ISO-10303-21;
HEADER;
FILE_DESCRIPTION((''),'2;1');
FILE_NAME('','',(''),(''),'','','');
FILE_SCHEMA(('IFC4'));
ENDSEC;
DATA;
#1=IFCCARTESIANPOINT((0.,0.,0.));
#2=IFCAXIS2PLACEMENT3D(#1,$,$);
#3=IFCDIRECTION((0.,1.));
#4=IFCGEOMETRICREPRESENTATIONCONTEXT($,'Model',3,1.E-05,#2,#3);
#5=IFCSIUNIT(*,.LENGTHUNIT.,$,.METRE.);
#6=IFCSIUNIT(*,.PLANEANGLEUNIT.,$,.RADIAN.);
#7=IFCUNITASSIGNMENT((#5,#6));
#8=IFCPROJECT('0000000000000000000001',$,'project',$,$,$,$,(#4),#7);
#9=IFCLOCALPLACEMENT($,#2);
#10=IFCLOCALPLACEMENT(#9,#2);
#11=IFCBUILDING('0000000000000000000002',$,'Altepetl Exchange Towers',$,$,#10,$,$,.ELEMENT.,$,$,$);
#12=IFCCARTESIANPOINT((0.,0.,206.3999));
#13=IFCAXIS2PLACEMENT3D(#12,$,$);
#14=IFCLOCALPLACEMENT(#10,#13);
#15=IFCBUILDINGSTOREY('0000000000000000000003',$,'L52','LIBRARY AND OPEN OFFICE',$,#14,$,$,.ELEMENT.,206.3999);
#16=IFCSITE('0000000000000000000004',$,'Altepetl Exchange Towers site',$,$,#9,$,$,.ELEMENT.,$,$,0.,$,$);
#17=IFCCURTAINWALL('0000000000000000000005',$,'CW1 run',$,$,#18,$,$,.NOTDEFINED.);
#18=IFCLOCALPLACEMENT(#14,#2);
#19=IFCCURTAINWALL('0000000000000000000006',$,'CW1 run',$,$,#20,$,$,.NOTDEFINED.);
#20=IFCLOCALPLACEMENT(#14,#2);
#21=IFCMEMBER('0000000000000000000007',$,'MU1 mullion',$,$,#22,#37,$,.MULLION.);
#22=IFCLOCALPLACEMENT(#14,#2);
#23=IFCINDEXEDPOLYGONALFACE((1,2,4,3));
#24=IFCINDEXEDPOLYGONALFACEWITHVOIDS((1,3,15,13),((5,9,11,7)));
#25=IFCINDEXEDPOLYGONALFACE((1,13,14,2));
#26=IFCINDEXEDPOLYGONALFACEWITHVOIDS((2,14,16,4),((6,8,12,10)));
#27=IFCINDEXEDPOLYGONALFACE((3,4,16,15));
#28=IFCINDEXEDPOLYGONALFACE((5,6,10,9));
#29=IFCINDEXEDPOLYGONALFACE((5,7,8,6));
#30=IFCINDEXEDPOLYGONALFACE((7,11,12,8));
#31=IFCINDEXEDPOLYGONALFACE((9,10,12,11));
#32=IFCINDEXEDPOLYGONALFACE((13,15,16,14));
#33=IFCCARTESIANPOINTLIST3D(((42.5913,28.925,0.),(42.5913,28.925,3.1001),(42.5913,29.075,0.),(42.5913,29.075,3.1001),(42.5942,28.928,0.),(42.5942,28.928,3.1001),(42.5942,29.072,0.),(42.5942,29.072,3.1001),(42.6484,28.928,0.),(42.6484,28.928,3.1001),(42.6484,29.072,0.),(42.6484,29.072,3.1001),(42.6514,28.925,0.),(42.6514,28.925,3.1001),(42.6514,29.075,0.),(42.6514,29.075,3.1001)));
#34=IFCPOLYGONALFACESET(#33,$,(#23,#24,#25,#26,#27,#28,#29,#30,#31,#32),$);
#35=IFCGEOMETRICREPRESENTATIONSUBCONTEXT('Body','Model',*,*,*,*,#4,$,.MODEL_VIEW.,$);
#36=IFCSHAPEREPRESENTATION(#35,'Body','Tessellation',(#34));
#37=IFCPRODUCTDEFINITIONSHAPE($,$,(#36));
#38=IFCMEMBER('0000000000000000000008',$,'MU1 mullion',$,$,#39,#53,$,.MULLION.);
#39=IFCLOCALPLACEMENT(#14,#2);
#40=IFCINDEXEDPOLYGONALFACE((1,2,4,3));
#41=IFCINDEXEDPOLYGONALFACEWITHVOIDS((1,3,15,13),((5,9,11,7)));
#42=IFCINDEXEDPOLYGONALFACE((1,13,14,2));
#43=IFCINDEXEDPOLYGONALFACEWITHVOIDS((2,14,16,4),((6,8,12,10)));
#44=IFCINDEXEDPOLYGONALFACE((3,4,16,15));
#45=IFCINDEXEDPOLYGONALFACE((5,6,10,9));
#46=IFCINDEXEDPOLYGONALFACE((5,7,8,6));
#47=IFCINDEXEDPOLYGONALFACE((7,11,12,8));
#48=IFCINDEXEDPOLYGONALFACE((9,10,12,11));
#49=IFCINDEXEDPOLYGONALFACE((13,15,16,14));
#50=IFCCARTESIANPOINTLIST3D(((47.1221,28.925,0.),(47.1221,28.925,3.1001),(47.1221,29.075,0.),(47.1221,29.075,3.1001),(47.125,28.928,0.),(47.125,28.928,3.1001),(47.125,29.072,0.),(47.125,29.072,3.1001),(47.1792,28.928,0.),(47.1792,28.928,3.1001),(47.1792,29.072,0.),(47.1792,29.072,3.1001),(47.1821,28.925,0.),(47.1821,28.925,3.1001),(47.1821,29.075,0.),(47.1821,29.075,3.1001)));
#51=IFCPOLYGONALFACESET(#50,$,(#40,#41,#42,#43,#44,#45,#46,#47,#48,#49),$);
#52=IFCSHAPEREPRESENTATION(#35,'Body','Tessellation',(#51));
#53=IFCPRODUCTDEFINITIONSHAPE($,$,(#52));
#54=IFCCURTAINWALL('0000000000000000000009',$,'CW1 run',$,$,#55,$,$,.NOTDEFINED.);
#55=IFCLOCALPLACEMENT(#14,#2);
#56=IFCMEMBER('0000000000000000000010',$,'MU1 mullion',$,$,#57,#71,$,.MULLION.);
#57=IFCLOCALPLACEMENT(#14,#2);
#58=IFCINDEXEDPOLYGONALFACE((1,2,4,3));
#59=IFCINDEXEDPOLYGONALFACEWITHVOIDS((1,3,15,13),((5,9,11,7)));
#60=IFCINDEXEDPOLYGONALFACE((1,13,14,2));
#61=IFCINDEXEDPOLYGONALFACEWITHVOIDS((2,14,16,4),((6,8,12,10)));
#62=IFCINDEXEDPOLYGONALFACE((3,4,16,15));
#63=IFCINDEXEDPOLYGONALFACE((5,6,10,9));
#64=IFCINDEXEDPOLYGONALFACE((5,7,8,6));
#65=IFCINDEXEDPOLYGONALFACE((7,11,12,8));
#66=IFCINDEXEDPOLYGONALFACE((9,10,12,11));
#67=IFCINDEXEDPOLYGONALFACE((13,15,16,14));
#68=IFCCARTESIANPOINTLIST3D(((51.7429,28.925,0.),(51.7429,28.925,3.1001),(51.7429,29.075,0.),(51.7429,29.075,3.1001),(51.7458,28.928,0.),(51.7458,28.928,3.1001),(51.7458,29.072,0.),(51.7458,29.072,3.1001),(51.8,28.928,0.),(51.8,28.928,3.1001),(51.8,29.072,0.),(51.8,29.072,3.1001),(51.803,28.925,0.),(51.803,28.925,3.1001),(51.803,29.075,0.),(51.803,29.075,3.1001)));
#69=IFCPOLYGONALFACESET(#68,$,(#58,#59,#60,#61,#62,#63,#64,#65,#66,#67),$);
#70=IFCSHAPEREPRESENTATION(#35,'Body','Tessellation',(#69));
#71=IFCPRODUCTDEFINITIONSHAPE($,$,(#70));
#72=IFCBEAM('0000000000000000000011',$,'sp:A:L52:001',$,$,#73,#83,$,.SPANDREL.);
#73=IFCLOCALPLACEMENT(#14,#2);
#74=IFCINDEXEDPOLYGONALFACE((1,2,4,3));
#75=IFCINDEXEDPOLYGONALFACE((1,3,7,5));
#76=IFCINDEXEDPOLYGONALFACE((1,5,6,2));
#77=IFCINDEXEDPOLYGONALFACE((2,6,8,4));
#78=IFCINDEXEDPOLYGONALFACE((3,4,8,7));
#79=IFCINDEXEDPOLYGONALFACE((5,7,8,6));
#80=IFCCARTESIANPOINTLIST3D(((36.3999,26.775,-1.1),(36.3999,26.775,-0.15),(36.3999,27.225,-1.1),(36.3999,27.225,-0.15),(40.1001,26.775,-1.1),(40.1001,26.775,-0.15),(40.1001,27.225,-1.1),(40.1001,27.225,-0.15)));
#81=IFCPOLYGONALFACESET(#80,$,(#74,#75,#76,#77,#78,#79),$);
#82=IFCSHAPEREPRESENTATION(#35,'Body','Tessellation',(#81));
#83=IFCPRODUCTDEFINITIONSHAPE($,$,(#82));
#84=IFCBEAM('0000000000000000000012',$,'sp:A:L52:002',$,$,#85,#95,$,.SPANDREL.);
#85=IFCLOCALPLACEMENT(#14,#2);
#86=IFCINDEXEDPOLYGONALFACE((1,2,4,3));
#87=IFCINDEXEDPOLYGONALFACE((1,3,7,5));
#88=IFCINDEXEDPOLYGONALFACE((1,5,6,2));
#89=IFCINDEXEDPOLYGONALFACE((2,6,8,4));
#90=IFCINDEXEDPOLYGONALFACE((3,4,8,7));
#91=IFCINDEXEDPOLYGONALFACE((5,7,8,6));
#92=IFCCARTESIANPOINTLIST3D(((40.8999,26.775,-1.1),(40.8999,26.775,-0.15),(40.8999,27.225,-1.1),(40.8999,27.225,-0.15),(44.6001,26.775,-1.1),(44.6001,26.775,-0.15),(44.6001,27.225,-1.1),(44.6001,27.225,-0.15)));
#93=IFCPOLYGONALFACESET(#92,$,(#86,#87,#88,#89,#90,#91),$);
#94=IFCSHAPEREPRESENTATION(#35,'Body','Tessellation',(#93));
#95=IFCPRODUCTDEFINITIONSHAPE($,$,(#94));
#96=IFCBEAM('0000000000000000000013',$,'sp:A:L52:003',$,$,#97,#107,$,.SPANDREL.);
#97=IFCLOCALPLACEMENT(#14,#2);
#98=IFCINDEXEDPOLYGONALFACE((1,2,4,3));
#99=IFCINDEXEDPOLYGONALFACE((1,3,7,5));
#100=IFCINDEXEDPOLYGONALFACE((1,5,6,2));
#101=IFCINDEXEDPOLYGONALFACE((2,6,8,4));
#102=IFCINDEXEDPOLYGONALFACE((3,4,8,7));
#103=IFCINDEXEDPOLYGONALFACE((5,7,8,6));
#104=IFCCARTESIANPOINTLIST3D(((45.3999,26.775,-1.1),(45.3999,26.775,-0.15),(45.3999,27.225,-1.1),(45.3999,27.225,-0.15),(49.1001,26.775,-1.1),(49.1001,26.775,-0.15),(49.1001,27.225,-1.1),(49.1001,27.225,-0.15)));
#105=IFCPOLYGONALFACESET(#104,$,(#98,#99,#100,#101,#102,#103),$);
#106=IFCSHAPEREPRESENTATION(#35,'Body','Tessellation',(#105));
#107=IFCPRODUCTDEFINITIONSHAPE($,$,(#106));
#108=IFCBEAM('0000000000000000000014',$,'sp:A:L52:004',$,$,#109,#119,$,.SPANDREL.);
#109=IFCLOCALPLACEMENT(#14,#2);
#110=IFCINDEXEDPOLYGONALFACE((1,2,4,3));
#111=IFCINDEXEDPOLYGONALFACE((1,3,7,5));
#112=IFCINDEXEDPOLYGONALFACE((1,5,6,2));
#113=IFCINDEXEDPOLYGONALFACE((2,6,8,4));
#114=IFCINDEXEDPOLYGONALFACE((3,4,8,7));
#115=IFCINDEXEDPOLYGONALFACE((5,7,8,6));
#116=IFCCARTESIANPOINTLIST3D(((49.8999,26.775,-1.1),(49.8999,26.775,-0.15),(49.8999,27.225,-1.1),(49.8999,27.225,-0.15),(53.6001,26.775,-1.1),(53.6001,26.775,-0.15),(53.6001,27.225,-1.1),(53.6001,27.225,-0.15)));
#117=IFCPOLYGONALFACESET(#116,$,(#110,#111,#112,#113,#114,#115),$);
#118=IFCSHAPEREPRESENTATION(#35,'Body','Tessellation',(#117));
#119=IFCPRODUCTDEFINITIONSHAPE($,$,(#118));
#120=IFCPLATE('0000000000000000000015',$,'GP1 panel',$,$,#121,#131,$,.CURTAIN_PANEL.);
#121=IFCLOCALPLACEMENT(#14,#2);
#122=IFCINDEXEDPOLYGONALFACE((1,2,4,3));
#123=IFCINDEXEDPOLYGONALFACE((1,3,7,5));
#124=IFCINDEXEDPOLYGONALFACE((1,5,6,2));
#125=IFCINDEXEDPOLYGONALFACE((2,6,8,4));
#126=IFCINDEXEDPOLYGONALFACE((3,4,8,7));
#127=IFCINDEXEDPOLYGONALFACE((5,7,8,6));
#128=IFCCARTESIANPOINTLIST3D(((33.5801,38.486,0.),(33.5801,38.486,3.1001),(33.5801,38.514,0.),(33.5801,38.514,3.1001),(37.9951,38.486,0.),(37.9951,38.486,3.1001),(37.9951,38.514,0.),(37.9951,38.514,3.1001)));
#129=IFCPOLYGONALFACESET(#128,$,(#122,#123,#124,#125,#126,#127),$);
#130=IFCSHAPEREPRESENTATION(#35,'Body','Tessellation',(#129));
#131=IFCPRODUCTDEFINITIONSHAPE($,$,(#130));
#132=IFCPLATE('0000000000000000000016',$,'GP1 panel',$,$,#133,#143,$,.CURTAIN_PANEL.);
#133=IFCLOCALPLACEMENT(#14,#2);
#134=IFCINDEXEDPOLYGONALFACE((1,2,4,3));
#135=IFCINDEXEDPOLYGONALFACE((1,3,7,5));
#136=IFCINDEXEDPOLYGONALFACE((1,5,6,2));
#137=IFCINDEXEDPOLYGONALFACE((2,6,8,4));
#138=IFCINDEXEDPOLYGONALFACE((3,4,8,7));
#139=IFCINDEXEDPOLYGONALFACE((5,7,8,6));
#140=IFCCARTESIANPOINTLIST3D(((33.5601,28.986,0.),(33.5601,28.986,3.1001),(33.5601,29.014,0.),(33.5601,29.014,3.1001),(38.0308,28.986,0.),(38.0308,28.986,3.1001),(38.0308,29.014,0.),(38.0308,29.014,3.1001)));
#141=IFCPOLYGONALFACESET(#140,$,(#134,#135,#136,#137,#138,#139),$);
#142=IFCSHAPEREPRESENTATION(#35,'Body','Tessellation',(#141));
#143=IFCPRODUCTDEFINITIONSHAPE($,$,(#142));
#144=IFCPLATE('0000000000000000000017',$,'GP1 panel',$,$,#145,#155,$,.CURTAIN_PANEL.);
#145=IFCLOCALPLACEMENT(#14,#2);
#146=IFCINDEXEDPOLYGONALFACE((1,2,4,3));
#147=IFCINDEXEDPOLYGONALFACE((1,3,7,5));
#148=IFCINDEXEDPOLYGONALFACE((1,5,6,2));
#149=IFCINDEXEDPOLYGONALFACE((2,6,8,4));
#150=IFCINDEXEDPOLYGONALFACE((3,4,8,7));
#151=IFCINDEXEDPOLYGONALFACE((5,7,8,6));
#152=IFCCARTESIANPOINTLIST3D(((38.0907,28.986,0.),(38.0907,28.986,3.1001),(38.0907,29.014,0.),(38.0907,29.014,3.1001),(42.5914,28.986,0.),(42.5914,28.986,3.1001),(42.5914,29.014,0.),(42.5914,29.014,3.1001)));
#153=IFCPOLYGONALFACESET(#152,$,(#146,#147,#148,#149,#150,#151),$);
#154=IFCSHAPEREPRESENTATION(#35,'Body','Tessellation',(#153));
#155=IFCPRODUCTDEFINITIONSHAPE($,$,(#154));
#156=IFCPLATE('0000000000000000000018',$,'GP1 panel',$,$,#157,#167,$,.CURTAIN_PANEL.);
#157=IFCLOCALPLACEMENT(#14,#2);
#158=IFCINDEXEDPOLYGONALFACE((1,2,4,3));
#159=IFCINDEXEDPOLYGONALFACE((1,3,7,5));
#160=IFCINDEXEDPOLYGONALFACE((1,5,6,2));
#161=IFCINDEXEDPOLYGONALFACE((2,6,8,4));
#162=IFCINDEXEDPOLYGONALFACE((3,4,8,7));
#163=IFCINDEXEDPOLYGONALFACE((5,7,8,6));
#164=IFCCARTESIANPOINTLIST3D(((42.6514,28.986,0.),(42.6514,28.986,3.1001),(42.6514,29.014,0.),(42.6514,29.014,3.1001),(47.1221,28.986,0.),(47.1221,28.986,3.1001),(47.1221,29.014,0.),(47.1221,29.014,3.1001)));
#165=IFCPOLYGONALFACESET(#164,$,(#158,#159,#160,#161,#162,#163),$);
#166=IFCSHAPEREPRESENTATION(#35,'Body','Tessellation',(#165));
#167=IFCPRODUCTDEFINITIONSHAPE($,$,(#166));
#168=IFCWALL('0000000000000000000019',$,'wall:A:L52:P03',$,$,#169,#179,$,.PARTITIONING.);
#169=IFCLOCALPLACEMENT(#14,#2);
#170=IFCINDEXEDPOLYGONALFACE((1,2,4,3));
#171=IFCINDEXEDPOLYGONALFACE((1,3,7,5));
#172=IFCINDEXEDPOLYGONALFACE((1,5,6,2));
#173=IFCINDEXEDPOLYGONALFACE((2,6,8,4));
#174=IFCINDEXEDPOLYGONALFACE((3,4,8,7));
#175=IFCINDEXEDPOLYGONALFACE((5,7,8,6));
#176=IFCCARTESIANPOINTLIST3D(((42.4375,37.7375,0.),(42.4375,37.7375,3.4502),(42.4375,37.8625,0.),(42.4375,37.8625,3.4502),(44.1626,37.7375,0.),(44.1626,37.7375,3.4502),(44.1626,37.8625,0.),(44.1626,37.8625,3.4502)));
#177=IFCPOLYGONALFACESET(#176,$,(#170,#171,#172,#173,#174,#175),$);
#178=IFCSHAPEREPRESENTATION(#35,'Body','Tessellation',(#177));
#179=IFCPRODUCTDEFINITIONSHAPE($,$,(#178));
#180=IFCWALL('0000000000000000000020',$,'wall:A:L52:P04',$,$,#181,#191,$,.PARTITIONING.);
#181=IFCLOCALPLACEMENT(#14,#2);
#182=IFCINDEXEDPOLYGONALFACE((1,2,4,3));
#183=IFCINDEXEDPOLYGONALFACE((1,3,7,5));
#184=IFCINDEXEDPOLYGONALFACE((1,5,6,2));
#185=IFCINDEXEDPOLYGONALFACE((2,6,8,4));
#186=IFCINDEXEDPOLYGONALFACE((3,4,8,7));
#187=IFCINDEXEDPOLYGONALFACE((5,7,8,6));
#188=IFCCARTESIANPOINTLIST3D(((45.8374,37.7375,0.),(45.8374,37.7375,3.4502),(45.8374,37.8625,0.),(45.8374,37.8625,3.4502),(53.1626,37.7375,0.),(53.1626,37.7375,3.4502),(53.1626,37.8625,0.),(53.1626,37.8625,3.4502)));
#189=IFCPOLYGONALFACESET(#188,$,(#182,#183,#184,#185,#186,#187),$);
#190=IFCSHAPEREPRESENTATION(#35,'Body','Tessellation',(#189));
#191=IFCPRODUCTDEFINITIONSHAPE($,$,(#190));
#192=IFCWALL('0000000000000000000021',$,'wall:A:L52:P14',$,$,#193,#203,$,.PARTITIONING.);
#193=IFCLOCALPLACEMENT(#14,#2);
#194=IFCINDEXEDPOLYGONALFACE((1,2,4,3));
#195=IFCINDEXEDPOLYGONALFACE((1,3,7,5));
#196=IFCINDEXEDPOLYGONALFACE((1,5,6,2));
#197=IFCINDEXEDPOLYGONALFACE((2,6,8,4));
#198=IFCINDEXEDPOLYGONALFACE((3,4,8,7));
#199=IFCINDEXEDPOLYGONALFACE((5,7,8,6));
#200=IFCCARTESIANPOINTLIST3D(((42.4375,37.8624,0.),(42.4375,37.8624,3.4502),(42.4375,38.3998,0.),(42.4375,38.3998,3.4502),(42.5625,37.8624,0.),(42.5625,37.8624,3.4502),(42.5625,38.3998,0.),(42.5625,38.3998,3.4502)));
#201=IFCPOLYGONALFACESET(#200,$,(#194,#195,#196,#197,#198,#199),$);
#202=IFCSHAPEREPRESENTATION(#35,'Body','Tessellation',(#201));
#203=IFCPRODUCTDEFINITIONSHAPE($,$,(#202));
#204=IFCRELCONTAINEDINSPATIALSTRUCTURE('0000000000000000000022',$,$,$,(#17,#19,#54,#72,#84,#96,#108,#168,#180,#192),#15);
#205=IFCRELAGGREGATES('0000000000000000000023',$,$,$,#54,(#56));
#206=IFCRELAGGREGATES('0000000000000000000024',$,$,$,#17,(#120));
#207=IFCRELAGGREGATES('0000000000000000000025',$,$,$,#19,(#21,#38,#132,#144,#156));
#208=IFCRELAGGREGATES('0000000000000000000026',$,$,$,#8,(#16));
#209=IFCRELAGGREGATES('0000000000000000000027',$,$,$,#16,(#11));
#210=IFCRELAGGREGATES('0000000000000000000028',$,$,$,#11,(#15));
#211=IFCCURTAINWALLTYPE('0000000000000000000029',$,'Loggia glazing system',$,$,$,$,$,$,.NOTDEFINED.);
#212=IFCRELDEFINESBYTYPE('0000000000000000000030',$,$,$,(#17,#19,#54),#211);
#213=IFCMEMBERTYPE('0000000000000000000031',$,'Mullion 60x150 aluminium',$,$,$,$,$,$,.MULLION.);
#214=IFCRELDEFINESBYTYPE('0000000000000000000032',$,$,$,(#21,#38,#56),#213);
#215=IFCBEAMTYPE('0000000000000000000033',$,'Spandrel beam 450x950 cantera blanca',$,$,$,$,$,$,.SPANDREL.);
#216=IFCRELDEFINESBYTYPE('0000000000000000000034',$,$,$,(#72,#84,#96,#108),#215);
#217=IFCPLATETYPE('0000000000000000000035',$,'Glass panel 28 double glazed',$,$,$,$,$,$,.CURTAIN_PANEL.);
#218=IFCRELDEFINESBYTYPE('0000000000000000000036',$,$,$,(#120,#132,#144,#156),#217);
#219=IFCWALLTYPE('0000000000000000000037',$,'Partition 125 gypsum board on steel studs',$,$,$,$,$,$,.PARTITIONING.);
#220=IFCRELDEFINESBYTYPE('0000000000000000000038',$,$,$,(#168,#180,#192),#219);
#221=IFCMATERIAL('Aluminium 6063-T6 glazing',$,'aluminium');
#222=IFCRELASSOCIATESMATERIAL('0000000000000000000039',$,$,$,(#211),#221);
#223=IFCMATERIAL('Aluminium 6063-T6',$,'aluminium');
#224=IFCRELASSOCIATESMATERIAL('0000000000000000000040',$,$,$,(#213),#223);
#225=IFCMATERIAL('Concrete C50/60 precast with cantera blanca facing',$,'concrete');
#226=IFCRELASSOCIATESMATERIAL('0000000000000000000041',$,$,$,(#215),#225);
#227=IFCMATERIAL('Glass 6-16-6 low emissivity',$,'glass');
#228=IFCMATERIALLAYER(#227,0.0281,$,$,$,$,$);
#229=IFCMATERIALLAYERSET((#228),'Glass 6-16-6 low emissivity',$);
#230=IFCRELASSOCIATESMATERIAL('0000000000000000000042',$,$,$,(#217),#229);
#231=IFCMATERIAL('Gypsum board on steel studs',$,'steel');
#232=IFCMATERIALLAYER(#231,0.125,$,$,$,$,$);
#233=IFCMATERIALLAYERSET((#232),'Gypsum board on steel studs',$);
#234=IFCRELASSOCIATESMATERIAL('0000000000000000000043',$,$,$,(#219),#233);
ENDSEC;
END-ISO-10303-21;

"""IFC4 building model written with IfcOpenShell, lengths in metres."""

from ifc_helpers import new_model, si_unit, direction, frame, frame_2d, origin, origin_2d, place, context, subcontext, project, spatial, rectangle, hollow_rectangle, extrude, material, layer, layer_set, material_profile, profile_set, type_object, element, aggregate, save


model = new_model("IFC4")

# Units and contexts
model_context = context("Model", 3, precision=1e-05, world=origin(), true_north=direction((0.0, 1.0)))
body_context = subcontext(model_context, "Body", "Model", "MODEL_VIEW")
ifc_project = project(units=[si_unit("LENGTHUNIT", "METRE"), si_unit("PLANEANGLEUNIT", "RADIAN")], contexts=[model_context])

# Site, building, storey
site_placement = place(None, origin())
site = spatial("IfcSite", under=ifc_project, at=site_placement, Name="Altepetl Exchange Towers site", CompositionType="ELEMENT", RefElevation=0.0)
building_placement = place(site_placement, origin())
building = spatial("IfcBuilding", under=site, at=building_placement, Name="Altepetl Exchange Towers", CompositionType="ELEMENT")
storey_placement = place(building_placement, frame((0.0, 0.0, 206.3999)))
storey = spatial("IfcBuildingStorey", under=building, at=storey_placement, Name="L52", Description="LIBRARY AND OPEN OFFICE", CompositionType="ELEMENT", Elevation=206.3999)

# Curtain walls, members
ifc_material_1 = material(Name="Aluminium 6063-T6 glazing", Category="aluminium")
curtain_wall_type = type_object("IfcCurtainWallType", Name="Loggia glazing system", PredefinedType="NOTDEFINED", material=ifc_material_1)
curtain_wall_1_placement = place(storey_placement, origin())
curtain_wall_1 = element("IfcCurtainWall", 1, at=curtain_wall_1_placement, inside=storey, type_object=curtain_wall_type, Name="CW1 run", PredefinedType="NOTDEFINED")
ifc_material_2 = material(Name="Aluminium 6063-T6", Category="aluminium")
ifc_material_profile_1 = material_profile(ifc_material_2, hollow_rectangle(XDim=0.0601, YDim=0.1499, WallThickness=0.0029, at=origin_2d()), Name="Mullion 60x150 aluminium")
ifc_profile_set_1 = profile_set([ifc_material_profile_1], Name="Aluminium 6063-T6")
member_type = type_object("IfcMemberType", Name="Mullion 60x150 aluminium", PredefinedType="MULLION", material=ifc_profile_set_1)
curtain_wall_2_placement = place(storey_placement, origin())
curtain_wall_2 = element("IfcCurtainWall", 2, at=curtain_wall_2_placement, inside=storey, type_object=curtain_wall_type, Name="CW1 run", PredefinedType="NOTDEFINED")
member_1_placement = place(storey_placement, frame((42.6213, 29.0, 0.0)))
member_1 = element("IfcMember", 3, at=member_1_placement, type_object=member_type, Name="MU1 mullion", PredefinedType="MULLION", context=body_context, shape_type="SweptSolid", body=[
    extrude(hollow_rectangle(XDim=0.0601, YDim=0.1499, WallThickness=0.0029, at=origin_2d()), origin(), (0.0, 0.0, 1.0), 3.1001),
])
member_2_placement = place(storey_placement, frame((47.1521, 29.0, 0.0)))
member_2 = element("IfcMember", 4, at=member_2_placement, type_object=member_type, Name="MU1 mullion", PredefinedType="MULLION", context=body_context, shape_type="SweptSolid", body=[
    extrude(hollow_rectangle(XDim=0.0601, YDim=0.1499, WallThickness=0.0029, at=origin_2d()), origin(), (0.0, 0.0, 1.0), 3.1001),
])

# Curtain wall, member
curtain_wall_3_placement = place(storey_placement, origin())
curtain_wall_3 = element("IfcCurtainWall", 5, at=curtain_wall_3_placement, inside=storey, type_object=curtain_wall_type, Name="CW1 run", PredefinedType="NOTDEFINED")
member_3_placement = place(storey_placement, frame((51.7729, 29.0, 0.0)))
member_3 = element("IfcMember", 6, at=member_3_placement, type_object=member_type, Name="MU1 mullion", PredefinedType="MULLION", context=body_context, shape_type="SweptSolid", body=[
    extrude(hollow_rectangle(XDim=0.0601, YDim=0.1499, WallThickness=0.0029, at=origin_2d()), origin(), (0.0, 0.0, 1.0), 3.1001),
])
aggregate(curtain_wall_3, [member_3])

# Beams
ifc_material_3 = material(Name="Concrete C50/60 precast with cantera blanca facing", Category="concrete")
ifc_material_profile_2 = material_profile(ifc_material_3, rectangle(XDim=0.45, YDim=0.95, at=origin_2d()), Name="450 x 950")
ifc_profile_set_2 = profile_set([ifc_material_profile_2], Name="Concrete C50/60 precast with cantera blanca facing")
beam_type_1 = type_object("IfcBeamType", Name="Spandrel beam 450x950 cantera blanca", PredefinedType="SPANDREL", material=ifc_profile_set_2)
for number, where, z_axis, x_axis, name in (
    (7, (36.3999, 27.0, -0.625), (1.0, 0.0, 0.0), (0.0, 1.0, 0.0), "sp:A:L52:001"),
    (8, (40.8999, 27.0, -0.625), (1.0, 0.0, 0.0), (0.0, 1.0, 0.0), "sp:A:L52:002"),
    (9, (45.3999, 27.0, -0.625), (1.0, 0.0, 0.0), (0.0, 1.0, 0.0), "sp:A:L52:003"),
    (10, (49.8999, 27.0, -0.625), (1.0, 0.0, 0.0), (0.0, 1.0, 0.0), "sp:A:L52:004"),
):
    element("IfcBeam", number, at=place(storey_placement, frame(where, z_axis=z_axis, x_axis=x_axis)), inside=storey, type_object=beam_type_1, Name=name, PredefinedType="SPANDREL", context=body_context, shape_type="SweptSolid", body=[
        extrude(rectangle(XDim=0.45, YDim=0.95, at=origin_2d()), origin(), (0.0, 0.0, 1.0), 3.7002),
    ])

# Plates
ifc_material_4 = material(Name="Glass 6-16-6 low emissivity", Category="glass")
ifc_layer_1 = layer(ifc_material_4, 0.0281)
ifc_layer_set_1 = layer_set([ifc_layer_1], Name="Glass 6-16-6 low emissivity")
plate_type = type_object("IfcPlateType", Name="Glass panel 28 double glazed", PredefinedType="CURTAIN_PANEL", material=ifc_layer_set_1)
plate_1_placement = place(storey_placement, frame((35.7876, 38.5, 0.0), z_axis=(0.0, 0.0, 1.0), x_axis=(-1.0, 0.0, 0.0)))
plate_1 = element("IfcPlate", 11, at=plate_1_placement, type_object=plate_type, Name="GP1 panel", PredefinedType="CURTAIN_PANEL", context=body_context, shape_type="SweptSolid", body=[
    extrude(rectangle(XDim=4.415, YDim=0.0281, at=origin_2d()), origin(), (0.0, 0.0, 1.0), 3.1001),
])
aggregate(curtain_wall_1, [plate_1])
plate_2_placement = place(storey_placement, frame((35.7954, 29.0, 0.0)))
plate_2 = element("IfcPlate", 12, at=plate_2_placement, type_object=plate_type, Name="GP1 panel", PredefinedType="CURTAIN_PANEL", context=body_context, shape_type="SweptSolid", body=[
    extrude(rectangle(XDim=4.4707, YDim=0.0281, at=origin_2d()), origin(), (0.0, 0.0, 1.0), 3.1001),
])
plate_3_placement = place(storey_placement, frame((40.3411, 29.0, 0.0)))
plate_3 = element("IfcPlate", 13, at=plate_3_placement, type_object=plate_type, Name="GP1 panel", PredefinedType="CURTAIN_PANEL", context=body_context, shape_type="SweptSolid", body=[
    extrude(rectangle(XDim=4.5007, YDim=0.0281, at=origin_2d()), origin(), (0.0, 0.0, 1.0), 3.1001),
])
plate_4_placement = place(storey_placement, frame((44.8867, 29.0, 0.0)))
plate_4 = element("IfcPlate", 14, at=plate_4_placement, type_object=plate_type, Name="GP1 panel", PredefinedType="CURTAIN_PANEL", context=body_context, shape_type="SweptSolid", body=[
    extrude(rectangle(XDim=4.4707, YDim=0.0281, at=origin_2d()), origin(), (0.0, 0.0, 1.0), 3.1001),
])
aggregate(curtain_wall_2, [member_1, member_2, plate_2, plate_3, plate_4])

# Walls
ifc_material_5 = material(Name="Gypsum board on steel studs", Category="steel")
ifc_layer_2 = layer(ifc_material_5, 0.125)
ifc_layer_set_2 = layer_set([ifc_layer_2], Name="Gypsum board on steel studs")
wall_type_1 = type_object("IfcWallType", Name="Partition 125 gypsum board on steel studs", PredefinedType="PARTITIONING", material=ifc_layer_set_2)
wall_1_placement = place(storey_placement, frame((42.4375, 37.8, 0.0)))
element("IfcWall", 15, at=wall_1_placement, inside=storey, type_object=wall_type_1, Name="wall:A:L52:P03", PredefinedType="PARTITIONING", context=body_context, shape_type="SweptSolid", body=[
    extrude(rectangle(XDim=1.7251, YDim=0.125, at=frame_2d((0.8625, 0.0))), origin(), (0.0, 0.0, 1.0), 3.4502),
])
wall_2_placement = place(storey_placement, frame((45.8374, 37.8, 0.0)))
element("IfcWall", 16, at=wall_2_placement, inside=storey, type_object=wall_type_1, Name="wall:A:L52:P04", PredefinedType="PARTITIONING", context=body_context, shape_type="SweptSolid", body=[
    extrude(rectangle(XDim=7.3252, YDim=0.125, at=frame_2d((3.6626, 0.0))), origin(), (0.0, 0.0, 1.0), 3.4502),
])
wall_3_placement = place(storey_placement, frame((42.5, 37.8625, 0.0), z_axis=(0.0, 0.0, 1.0), x_axis=(0.0, 1.0, 0.0)))
element("IfcWall", 17, at=wall_3_placement, inside=storey, type_object=wall_type_1, Name="wall:A:L52:P14", PredefinedType="PARTITIONING", context=body_context, shape_type="SweptSolid", body=[
    extrude(rectangle(XDim=0.5374, YDim=0.125, at=frame_2d((0.2686, 0.0))), origin(), (0.0, 0.0, 1.0), 3.4502),
])

save(model, "model.ifc")
